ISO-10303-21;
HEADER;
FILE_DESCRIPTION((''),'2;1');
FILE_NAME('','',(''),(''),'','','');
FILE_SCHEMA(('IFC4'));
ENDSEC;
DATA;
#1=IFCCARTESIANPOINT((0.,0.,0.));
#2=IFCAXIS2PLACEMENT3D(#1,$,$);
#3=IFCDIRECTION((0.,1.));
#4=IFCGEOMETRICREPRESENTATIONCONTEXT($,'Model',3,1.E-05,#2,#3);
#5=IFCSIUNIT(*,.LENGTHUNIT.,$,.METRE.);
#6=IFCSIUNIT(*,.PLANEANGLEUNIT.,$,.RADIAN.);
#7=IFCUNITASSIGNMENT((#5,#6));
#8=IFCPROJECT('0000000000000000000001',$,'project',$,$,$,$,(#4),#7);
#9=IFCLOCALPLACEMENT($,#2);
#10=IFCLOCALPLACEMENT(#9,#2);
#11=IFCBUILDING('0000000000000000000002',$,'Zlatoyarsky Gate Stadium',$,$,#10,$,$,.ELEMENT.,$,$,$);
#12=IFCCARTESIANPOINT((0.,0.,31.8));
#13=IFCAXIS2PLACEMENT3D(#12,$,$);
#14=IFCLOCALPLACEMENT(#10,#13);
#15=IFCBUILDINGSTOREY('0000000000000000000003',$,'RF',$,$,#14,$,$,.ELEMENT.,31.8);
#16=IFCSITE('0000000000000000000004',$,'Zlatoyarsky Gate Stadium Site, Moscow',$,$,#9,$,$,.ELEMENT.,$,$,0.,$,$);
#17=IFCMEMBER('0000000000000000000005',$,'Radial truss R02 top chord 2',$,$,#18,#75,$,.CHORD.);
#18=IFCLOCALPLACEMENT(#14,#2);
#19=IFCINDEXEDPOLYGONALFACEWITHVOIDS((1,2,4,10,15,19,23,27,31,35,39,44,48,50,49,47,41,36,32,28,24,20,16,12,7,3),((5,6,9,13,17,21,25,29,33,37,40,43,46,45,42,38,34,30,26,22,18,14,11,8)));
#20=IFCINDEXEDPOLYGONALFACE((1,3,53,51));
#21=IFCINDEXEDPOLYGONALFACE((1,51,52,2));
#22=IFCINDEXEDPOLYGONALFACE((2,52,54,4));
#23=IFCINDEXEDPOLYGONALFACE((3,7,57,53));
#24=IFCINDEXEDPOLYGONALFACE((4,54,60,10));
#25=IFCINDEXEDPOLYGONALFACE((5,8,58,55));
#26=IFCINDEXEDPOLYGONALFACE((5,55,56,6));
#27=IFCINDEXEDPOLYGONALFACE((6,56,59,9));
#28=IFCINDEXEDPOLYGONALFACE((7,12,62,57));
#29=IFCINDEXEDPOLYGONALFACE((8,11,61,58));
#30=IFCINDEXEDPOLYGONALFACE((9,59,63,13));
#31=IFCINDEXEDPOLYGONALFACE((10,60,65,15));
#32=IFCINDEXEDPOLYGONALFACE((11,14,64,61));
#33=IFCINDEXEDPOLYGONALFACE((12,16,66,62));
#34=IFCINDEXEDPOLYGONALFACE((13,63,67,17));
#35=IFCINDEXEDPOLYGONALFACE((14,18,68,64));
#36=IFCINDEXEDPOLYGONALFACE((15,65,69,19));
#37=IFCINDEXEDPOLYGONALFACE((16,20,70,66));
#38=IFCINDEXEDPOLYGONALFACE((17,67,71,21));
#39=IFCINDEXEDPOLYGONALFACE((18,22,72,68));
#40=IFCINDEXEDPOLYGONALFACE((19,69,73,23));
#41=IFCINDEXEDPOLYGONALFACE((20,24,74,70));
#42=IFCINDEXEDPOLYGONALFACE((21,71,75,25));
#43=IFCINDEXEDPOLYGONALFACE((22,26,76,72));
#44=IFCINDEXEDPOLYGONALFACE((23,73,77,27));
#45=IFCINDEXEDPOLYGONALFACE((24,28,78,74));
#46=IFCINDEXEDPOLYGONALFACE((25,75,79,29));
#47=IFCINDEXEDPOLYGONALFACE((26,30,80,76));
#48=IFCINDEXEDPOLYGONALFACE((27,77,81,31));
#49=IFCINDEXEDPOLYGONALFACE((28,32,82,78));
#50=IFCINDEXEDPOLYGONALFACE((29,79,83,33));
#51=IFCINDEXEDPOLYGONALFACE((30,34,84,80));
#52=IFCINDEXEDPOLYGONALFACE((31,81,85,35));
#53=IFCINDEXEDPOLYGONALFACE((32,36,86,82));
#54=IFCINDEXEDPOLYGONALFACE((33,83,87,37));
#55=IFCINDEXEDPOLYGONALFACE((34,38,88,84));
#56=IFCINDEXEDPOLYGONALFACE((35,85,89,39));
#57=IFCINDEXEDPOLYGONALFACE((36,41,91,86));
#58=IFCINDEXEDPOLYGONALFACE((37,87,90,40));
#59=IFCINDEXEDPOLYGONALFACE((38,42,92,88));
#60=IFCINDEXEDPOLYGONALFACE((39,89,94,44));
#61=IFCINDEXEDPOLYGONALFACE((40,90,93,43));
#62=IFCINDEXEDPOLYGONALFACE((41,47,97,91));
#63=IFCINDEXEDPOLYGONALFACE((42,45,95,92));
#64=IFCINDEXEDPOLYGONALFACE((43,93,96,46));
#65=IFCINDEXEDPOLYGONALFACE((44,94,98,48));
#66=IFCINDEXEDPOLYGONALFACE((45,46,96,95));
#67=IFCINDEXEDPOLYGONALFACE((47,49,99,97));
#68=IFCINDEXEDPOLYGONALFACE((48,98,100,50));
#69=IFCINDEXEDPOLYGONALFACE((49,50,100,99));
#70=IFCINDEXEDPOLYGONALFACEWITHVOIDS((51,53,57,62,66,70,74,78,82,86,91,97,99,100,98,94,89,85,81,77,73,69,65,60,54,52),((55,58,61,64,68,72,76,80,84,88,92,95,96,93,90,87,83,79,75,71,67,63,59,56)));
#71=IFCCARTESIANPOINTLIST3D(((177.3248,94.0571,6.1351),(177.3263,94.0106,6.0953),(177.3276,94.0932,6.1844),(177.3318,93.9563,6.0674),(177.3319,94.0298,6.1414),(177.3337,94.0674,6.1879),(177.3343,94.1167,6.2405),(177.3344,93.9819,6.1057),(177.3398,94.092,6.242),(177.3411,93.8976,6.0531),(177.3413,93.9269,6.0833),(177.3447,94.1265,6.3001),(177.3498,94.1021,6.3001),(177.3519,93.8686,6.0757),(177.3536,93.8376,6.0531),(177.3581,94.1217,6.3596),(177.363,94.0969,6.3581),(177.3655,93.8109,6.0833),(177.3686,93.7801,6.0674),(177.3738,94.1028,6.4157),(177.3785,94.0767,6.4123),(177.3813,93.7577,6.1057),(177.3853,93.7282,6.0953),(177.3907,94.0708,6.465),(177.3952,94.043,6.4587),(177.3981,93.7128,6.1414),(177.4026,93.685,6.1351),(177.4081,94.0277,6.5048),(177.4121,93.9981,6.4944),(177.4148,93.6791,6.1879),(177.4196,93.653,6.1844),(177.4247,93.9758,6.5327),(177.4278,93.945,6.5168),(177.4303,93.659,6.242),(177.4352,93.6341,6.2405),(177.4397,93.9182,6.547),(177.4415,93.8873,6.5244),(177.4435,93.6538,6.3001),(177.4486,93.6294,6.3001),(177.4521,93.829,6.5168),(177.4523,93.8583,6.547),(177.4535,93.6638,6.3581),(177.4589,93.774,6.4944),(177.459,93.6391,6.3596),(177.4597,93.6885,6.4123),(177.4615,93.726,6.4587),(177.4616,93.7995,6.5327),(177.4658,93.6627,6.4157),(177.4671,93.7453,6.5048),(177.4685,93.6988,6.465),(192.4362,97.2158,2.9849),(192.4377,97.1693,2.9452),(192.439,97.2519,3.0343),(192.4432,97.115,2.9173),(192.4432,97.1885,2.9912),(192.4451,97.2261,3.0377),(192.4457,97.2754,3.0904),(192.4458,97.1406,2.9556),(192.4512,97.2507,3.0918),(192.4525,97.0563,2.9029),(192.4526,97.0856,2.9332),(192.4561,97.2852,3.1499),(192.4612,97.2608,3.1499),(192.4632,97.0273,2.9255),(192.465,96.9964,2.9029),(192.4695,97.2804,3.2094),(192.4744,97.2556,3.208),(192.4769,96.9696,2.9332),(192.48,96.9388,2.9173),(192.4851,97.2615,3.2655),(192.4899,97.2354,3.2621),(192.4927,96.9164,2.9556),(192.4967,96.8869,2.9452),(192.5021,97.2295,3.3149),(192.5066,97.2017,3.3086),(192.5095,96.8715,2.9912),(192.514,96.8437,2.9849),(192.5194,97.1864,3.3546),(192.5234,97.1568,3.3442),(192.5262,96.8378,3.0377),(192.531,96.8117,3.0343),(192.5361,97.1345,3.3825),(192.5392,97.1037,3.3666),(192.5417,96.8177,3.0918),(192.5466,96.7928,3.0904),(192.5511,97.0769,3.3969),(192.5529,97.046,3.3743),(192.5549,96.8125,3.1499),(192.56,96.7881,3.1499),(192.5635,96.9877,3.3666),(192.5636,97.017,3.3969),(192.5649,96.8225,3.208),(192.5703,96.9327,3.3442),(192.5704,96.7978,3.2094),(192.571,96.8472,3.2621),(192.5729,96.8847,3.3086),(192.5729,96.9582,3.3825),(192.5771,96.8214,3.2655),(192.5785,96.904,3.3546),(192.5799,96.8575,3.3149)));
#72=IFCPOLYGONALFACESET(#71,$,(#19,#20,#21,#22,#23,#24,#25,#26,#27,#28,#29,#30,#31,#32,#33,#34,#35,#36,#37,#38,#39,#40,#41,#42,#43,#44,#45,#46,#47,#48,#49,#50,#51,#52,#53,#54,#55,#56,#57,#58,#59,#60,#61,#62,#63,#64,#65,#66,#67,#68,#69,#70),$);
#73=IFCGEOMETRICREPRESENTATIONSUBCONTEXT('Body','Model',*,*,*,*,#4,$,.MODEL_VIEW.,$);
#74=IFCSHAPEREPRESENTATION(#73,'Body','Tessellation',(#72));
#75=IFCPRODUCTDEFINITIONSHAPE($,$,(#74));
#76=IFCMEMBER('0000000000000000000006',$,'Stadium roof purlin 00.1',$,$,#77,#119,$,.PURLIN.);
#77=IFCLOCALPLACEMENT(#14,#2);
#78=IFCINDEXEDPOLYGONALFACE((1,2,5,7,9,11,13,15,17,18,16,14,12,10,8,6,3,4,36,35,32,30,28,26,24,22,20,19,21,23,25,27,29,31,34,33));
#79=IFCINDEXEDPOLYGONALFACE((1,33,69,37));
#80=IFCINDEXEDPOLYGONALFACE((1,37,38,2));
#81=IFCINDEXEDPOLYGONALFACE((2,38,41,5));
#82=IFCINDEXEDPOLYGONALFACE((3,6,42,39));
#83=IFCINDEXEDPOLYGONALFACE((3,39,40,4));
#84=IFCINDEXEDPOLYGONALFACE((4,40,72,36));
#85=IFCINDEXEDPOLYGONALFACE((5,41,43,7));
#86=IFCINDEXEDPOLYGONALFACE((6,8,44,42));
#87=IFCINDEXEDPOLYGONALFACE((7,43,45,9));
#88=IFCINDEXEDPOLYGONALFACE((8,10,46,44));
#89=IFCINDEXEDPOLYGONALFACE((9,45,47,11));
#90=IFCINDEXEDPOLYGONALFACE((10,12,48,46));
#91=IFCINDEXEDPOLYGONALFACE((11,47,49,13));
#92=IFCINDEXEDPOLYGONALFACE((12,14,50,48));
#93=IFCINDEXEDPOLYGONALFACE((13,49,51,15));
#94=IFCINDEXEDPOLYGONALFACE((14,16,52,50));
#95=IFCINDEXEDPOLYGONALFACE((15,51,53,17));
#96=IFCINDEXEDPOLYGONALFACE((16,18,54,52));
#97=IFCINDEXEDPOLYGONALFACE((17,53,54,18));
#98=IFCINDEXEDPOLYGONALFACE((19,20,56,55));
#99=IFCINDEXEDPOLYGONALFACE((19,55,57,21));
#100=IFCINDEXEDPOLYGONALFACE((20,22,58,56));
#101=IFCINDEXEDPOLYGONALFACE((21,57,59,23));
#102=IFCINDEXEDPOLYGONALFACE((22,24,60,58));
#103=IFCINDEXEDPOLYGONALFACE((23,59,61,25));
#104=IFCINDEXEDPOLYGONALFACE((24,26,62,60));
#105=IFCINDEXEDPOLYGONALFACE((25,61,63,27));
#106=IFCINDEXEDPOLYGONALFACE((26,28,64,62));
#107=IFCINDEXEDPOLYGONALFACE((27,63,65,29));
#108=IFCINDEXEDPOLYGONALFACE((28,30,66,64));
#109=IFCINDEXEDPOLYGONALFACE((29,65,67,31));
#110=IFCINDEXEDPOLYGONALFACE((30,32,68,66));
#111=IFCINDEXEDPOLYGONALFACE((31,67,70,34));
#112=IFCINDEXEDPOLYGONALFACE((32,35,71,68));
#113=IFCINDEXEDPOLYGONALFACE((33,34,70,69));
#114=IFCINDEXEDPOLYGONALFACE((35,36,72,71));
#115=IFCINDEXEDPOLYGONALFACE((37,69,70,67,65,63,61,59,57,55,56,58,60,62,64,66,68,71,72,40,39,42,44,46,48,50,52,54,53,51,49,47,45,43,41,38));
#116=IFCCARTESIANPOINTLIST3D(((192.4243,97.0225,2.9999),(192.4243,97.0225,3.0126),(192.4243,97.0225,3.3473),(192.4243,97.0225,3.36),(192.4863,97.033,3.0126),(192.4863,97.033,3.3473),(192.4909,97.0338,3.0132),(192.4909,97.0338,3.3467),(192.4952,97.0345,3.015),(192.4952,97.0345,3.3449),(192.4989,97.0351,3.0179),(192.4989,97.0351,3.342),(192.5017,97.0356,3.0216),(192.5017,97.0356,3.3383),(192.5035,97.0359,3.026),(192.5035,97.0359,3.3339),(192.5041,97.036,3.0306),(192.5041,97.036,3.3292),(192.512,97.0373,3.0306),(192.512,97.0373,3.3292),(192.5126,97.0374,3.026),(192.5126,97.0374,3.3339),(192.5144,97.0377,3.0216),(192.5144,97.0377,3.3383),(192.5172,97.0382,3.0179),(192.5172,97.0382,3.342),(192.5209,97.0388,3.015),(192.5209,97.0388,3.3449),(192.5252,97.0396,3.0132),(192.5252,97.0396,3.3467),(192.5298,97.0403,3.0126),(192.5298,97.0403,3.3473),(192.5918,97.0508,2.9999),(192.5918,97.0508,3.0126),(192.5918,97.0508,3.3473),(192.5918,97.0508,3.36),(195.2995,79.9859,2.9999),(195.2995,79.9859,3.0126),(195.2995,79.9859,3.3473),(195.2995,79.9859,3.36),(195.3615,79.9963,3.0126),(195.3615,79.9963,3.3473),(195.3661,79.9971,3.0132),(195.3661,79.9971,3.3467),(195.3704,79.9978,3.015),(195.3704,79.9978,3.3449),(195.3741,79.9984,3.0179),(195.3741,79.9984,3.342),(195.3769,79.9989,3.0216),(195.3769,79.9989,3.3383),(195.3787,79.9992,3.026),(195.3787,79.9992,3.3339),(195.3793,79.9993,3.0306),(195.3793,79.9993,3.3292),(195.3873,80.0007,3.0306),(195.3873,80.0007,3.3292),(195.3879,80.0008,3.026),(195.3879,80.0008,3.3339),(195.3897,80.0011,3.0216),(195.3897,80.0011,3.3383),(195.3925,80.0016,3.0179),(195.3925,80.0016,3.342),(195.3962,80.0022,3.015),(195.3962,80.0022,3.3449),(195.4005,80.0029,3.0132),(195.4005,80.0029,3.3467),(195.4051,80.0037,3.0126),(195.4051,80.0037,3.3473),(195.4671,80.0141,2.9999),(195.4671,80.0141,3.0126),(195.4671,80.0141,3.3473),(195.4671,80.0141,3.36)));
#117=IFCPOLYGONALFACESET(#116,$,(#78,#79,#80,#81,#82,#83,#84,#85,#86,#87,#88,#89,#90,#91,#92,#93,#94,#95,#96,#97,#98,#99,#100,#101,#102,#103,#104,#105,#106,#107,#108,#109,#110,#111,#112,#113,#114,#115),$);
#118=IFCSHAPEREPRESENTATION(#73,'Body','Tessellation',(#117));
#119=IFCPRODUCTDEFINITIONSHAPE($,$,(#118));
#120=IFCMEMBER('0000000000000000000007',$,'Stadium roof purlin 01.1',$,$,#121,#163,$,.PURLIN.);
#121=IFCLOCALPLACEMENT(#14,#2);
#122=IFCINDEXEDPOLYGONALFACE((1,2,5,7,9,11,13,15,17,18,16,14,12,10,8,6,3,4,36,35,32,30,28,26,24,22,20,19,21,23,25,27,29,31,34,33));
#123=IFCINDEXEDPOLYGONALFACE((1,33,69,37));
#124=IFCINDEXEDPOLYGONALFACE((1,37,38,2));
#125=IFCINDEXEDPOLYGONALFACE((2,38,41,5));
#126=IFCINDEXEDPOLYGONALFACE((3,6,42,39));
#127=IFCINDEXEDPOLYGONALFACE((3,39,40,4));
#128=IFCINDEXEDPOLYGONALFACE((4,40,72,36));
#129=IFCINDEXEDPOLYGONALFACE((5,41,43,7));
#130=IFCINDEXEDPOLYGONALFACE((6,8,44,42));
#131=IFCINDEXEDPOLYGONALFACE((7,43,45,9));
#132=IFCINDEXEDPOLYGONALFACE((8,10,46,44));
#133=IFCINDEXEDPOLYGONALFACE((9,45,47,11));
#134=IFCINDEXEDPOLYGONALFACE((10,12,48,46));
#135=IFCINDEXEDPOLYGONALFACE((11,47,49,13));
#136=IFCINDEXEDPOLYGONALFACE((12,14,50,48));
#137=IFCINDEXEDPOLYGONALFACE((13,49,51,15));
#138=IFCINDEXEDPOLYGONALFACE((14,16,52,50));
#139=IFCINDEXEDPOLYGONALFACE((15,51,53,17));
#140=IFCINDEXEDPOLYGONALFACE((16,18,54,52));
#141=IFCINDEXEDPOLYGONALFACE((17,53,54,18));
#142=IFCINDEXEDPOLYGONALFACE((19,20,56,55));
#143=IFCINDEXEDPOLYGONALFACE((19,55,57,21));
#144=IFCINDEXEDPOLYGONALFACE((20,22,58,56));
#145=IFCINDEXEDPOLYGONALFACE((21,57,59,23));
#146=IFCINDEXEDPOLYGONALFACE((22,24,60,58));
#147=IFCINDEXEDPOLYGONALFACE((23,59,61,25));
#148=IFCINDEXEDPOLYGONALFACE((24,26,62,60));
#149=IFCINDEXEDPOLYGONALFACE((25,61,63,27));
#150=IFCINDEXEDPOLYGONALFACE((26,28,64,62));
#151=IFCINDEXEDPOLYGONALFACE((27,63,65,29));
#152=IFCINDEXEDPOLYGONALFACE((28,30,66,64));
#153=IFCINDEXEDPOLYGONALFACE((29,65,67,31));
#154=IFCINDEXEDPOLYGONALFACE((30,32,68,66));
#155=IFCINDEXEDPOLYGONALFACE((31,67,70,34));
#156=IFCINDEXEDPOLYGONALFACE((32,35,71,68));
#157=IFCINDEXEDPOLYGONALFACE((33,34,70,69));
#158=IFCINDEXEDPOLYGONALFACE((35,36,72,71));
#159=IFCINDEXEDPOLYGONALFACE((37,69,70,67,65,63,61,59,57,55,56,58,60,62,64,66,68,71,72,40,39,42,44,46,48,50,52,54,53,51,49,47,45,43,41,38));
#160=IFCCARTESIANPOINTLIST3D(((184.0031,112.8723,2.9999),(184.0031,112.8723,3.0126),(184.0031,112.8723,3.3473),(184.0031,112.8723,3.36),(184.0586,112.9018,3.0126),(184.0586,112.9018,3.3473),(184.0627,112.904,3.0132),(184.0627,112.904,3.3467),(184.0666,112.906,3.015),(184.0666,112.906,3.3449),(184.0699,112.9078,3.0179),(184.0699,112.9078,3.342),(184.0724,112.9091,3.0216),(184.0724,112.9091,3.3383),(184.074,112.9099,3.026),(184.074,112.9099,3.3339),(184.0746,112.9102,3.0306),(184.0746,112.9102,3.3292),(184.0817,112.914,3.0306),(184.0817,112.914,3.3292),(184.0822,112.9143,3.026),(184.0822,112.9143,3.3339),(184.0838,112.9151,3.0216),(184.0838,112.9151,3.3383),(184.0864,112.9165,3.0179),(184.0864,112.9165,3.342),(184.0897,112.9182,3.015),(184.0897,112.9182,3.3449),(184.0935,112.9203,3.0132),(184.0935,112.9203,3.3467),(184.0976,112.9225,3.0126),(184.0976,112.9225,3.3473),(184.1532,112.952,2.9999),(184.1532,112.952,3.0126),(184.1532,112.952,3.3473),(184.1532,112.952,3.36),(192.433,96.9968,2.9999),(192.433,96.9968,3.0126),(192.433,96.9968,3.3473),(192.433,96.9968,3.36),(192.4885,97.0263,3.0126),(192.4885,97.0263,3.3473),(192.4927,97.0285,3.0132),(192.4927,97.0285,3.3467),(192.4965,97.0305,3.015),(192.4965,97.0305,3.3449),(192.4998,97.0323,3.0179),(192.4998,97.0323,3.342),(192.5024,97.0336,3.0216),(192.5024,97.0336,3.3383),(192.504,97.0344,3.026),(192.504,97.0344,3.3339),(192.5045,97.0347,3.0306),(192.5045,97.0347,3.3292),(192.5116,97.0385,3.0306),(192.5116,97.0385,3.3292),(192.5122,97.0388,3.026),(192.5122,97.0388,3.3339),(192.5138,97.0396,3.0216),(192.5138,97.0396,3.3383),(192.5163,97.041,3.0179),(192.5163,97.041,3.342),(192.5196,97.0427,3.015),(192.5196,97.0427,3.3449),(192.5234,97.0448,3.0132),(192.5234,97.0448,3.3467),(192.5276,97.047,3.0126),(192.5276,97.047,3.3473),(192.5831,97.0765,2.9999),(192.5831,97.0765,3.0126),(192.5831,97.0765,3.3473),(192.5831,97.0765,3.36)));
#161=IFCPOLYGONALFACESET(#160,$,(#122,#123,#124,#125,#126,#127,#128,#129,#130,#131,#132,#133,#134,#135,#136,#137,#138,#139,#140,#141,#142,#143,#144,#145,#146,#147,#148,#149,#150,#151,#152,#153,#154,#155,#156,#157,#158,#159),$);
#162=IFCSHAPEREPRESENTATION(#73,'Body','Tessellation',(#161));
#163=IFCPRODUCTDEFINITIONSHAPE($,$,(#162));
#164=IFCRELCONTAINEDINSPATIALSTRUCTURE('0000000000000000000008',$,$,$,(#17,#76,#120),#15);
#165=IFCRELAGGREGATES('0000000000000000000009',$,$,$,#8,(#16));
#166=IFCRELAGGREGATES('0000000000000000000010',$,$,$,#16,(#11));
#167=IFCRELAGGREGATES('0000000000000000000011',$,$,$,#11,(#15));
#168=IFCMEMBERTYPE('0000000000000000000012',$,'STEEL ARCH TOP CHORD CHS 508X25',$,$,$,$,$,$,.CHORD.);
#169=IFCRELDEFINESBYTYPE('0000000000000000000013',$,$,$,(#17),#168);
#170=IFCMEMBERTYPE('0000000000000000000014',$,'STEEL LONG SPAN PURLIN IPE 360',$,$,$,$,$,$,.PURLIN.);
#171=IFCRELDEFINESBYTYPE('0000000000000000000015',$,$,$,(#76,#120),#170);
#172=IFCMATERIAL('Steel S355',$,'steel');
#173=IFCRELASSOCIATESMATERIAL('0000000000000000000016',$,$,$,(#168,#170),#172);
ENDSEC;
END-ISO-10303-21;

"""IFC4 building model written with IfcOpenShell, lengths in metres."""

from ifc_helpers import new_model, si_unit, direction, frame, origin, origin_2d, place, context, subcontext, project, spatial, hollow_circle, i_section, extrude, material, material_profile, profile_set, type_object, element, save


model = new_model("IFC4")

# Units and contexts
model_context = context("Model", 3, precision=1e-05, world=origin(), true_north=direction((0.0, 1.0)))
body_context = subcontext(model_context, "Body", "Model", "MODEL_VIEW")
ifc_project = project(units=[si_unit("LENGTHUNIT", "METRE"), si_unit("PLANEANGLEUNIT", "RADIAN")], contexts=[model_context])

# Site, building, storey
site_placement = place(None, origin())
site = spatial("IfcSite", under=ifc_project, at=site_placement, Name="Zlatoyarsky Gate Stadium Site, Moscow", CompositionType="ELEMENT", RefElevation=0.0)
building_placement = place(site_placement, origin())
building = spatial("IfcBuilding", under=site, at=building_placement, Name="Zlatoyarsky Gate Stadium", CompositionType="ELEMENT")
storey_placement = place(building_placement, frame((0.0, 0.0, 31.8)))
storey = spatial("IfcBuildingStorey", under=building, at=storey_placement, Name="RF", CompositionType="ELEMENT", Elevation=31.8)

# Members
ifc_material_1 = material(Name="Steel S355", Category="steel")
ifc_material_profile_1 = material_profile(ifc_material_1, hollow_circle(Radius=0.2539, WallThickness=0.0249, at=origin_2d()), Name="CHS 508X25")
ifc_profile_set_1 = profile_set([ifc_material_profile_1], Name="Steel S355")
member_type_1 = type_object("IfcMemberType", Name="STEEL ARCH TOP CHORD CHS 508X25", PredefinedType="CHORD", material=ifc_profile_set_1)
member_1_placement = place(storey_placement, frame((192.5081, 97.0366, 3.1499), z_axis=(-0.959081, -0.200475, 0.199933), x_axis=(0.204606, -0.978844, 0.0)))
element("IfcMember", 1, at=member_1_placement, inside=storey, type_object=member_type_1, Name="Radial truss R02 top chord 2", PredefinedType="CHORD", context=body_context, shape_type="SweptSolid", body=[
    extrude(hollow_circle(Radius=0.2539, WallThickness=0.0249, at=origin_2d()), origin(), (0.0, 0.0, 1.0), 15.7561),
])
ifc_material_profile_2 = material_profile(ifc_material_1, i_section(OverallWidth=0.1699, OverallDepth=0.3601, WebThickness=0.0081, FlangeThickness=0.0127, FilletRadius=0.0181, at=origin_2d()), Name="IPE 360")
ifc_profile_set_2 = profile_set([ifc_material_profile_2], Name="Steel S355")
member_type_2 = type_object("IfcMemberType", Name="STEEL LONG SPAN PURLIN IPE 360", PredefinedType="PURLIN", material=ifc_profile_set_2)
member_2_placement = place(storey_placement, frame((195.3833, 80.0, 3.1799), z_axis=(-0.166415, 0.986056, 0.0), x_axis=(-0.986056, -0.166415, 0.0)))
element("IfcMember", 2, at=member_2_placement, inside=storey, type_object=member_type_2, Name="Stadium roof purlin 00.1", PredefinedType="PURLIN", context=body_context, shape_type="SweptSolid", body=[
    extrude(i_section(OverallWidth=0.1699, OverallDepth=0.3601, WebThickness=0.0081, FlangeThickness=0.0127, FilletRadius=0.0181, at=origin_2d()), origin(), (0.0, 0.0, 1.0), 17.2776),
])
member_3_placement = place(storey_placement, frame((192.5081, 97.0366, 3.1799), z_axis=(-0.468985, 0.883206, 0.0), x_axis=(-0.883206, -0.468985, 0.0)))
element("IfcMember", 3, at=member_3_placement, inside=storey, type_object=member_type_2, Name="Stadium roof purlin 01.1", PredefinedType="PURLIN", context=body_context, shape_type="SweptSolid", body=[
    extrude(i_section(OverallWidth=0.1699, OverallDepth=0.3601, WebThickness=0.0081, FlangeThickness=0.0127, FilletRadius=0.0181, at=origin_2d()), origin(), (0.0, 0.0, 1.0), 17.9749),
])

save(model, "model.ifc")
